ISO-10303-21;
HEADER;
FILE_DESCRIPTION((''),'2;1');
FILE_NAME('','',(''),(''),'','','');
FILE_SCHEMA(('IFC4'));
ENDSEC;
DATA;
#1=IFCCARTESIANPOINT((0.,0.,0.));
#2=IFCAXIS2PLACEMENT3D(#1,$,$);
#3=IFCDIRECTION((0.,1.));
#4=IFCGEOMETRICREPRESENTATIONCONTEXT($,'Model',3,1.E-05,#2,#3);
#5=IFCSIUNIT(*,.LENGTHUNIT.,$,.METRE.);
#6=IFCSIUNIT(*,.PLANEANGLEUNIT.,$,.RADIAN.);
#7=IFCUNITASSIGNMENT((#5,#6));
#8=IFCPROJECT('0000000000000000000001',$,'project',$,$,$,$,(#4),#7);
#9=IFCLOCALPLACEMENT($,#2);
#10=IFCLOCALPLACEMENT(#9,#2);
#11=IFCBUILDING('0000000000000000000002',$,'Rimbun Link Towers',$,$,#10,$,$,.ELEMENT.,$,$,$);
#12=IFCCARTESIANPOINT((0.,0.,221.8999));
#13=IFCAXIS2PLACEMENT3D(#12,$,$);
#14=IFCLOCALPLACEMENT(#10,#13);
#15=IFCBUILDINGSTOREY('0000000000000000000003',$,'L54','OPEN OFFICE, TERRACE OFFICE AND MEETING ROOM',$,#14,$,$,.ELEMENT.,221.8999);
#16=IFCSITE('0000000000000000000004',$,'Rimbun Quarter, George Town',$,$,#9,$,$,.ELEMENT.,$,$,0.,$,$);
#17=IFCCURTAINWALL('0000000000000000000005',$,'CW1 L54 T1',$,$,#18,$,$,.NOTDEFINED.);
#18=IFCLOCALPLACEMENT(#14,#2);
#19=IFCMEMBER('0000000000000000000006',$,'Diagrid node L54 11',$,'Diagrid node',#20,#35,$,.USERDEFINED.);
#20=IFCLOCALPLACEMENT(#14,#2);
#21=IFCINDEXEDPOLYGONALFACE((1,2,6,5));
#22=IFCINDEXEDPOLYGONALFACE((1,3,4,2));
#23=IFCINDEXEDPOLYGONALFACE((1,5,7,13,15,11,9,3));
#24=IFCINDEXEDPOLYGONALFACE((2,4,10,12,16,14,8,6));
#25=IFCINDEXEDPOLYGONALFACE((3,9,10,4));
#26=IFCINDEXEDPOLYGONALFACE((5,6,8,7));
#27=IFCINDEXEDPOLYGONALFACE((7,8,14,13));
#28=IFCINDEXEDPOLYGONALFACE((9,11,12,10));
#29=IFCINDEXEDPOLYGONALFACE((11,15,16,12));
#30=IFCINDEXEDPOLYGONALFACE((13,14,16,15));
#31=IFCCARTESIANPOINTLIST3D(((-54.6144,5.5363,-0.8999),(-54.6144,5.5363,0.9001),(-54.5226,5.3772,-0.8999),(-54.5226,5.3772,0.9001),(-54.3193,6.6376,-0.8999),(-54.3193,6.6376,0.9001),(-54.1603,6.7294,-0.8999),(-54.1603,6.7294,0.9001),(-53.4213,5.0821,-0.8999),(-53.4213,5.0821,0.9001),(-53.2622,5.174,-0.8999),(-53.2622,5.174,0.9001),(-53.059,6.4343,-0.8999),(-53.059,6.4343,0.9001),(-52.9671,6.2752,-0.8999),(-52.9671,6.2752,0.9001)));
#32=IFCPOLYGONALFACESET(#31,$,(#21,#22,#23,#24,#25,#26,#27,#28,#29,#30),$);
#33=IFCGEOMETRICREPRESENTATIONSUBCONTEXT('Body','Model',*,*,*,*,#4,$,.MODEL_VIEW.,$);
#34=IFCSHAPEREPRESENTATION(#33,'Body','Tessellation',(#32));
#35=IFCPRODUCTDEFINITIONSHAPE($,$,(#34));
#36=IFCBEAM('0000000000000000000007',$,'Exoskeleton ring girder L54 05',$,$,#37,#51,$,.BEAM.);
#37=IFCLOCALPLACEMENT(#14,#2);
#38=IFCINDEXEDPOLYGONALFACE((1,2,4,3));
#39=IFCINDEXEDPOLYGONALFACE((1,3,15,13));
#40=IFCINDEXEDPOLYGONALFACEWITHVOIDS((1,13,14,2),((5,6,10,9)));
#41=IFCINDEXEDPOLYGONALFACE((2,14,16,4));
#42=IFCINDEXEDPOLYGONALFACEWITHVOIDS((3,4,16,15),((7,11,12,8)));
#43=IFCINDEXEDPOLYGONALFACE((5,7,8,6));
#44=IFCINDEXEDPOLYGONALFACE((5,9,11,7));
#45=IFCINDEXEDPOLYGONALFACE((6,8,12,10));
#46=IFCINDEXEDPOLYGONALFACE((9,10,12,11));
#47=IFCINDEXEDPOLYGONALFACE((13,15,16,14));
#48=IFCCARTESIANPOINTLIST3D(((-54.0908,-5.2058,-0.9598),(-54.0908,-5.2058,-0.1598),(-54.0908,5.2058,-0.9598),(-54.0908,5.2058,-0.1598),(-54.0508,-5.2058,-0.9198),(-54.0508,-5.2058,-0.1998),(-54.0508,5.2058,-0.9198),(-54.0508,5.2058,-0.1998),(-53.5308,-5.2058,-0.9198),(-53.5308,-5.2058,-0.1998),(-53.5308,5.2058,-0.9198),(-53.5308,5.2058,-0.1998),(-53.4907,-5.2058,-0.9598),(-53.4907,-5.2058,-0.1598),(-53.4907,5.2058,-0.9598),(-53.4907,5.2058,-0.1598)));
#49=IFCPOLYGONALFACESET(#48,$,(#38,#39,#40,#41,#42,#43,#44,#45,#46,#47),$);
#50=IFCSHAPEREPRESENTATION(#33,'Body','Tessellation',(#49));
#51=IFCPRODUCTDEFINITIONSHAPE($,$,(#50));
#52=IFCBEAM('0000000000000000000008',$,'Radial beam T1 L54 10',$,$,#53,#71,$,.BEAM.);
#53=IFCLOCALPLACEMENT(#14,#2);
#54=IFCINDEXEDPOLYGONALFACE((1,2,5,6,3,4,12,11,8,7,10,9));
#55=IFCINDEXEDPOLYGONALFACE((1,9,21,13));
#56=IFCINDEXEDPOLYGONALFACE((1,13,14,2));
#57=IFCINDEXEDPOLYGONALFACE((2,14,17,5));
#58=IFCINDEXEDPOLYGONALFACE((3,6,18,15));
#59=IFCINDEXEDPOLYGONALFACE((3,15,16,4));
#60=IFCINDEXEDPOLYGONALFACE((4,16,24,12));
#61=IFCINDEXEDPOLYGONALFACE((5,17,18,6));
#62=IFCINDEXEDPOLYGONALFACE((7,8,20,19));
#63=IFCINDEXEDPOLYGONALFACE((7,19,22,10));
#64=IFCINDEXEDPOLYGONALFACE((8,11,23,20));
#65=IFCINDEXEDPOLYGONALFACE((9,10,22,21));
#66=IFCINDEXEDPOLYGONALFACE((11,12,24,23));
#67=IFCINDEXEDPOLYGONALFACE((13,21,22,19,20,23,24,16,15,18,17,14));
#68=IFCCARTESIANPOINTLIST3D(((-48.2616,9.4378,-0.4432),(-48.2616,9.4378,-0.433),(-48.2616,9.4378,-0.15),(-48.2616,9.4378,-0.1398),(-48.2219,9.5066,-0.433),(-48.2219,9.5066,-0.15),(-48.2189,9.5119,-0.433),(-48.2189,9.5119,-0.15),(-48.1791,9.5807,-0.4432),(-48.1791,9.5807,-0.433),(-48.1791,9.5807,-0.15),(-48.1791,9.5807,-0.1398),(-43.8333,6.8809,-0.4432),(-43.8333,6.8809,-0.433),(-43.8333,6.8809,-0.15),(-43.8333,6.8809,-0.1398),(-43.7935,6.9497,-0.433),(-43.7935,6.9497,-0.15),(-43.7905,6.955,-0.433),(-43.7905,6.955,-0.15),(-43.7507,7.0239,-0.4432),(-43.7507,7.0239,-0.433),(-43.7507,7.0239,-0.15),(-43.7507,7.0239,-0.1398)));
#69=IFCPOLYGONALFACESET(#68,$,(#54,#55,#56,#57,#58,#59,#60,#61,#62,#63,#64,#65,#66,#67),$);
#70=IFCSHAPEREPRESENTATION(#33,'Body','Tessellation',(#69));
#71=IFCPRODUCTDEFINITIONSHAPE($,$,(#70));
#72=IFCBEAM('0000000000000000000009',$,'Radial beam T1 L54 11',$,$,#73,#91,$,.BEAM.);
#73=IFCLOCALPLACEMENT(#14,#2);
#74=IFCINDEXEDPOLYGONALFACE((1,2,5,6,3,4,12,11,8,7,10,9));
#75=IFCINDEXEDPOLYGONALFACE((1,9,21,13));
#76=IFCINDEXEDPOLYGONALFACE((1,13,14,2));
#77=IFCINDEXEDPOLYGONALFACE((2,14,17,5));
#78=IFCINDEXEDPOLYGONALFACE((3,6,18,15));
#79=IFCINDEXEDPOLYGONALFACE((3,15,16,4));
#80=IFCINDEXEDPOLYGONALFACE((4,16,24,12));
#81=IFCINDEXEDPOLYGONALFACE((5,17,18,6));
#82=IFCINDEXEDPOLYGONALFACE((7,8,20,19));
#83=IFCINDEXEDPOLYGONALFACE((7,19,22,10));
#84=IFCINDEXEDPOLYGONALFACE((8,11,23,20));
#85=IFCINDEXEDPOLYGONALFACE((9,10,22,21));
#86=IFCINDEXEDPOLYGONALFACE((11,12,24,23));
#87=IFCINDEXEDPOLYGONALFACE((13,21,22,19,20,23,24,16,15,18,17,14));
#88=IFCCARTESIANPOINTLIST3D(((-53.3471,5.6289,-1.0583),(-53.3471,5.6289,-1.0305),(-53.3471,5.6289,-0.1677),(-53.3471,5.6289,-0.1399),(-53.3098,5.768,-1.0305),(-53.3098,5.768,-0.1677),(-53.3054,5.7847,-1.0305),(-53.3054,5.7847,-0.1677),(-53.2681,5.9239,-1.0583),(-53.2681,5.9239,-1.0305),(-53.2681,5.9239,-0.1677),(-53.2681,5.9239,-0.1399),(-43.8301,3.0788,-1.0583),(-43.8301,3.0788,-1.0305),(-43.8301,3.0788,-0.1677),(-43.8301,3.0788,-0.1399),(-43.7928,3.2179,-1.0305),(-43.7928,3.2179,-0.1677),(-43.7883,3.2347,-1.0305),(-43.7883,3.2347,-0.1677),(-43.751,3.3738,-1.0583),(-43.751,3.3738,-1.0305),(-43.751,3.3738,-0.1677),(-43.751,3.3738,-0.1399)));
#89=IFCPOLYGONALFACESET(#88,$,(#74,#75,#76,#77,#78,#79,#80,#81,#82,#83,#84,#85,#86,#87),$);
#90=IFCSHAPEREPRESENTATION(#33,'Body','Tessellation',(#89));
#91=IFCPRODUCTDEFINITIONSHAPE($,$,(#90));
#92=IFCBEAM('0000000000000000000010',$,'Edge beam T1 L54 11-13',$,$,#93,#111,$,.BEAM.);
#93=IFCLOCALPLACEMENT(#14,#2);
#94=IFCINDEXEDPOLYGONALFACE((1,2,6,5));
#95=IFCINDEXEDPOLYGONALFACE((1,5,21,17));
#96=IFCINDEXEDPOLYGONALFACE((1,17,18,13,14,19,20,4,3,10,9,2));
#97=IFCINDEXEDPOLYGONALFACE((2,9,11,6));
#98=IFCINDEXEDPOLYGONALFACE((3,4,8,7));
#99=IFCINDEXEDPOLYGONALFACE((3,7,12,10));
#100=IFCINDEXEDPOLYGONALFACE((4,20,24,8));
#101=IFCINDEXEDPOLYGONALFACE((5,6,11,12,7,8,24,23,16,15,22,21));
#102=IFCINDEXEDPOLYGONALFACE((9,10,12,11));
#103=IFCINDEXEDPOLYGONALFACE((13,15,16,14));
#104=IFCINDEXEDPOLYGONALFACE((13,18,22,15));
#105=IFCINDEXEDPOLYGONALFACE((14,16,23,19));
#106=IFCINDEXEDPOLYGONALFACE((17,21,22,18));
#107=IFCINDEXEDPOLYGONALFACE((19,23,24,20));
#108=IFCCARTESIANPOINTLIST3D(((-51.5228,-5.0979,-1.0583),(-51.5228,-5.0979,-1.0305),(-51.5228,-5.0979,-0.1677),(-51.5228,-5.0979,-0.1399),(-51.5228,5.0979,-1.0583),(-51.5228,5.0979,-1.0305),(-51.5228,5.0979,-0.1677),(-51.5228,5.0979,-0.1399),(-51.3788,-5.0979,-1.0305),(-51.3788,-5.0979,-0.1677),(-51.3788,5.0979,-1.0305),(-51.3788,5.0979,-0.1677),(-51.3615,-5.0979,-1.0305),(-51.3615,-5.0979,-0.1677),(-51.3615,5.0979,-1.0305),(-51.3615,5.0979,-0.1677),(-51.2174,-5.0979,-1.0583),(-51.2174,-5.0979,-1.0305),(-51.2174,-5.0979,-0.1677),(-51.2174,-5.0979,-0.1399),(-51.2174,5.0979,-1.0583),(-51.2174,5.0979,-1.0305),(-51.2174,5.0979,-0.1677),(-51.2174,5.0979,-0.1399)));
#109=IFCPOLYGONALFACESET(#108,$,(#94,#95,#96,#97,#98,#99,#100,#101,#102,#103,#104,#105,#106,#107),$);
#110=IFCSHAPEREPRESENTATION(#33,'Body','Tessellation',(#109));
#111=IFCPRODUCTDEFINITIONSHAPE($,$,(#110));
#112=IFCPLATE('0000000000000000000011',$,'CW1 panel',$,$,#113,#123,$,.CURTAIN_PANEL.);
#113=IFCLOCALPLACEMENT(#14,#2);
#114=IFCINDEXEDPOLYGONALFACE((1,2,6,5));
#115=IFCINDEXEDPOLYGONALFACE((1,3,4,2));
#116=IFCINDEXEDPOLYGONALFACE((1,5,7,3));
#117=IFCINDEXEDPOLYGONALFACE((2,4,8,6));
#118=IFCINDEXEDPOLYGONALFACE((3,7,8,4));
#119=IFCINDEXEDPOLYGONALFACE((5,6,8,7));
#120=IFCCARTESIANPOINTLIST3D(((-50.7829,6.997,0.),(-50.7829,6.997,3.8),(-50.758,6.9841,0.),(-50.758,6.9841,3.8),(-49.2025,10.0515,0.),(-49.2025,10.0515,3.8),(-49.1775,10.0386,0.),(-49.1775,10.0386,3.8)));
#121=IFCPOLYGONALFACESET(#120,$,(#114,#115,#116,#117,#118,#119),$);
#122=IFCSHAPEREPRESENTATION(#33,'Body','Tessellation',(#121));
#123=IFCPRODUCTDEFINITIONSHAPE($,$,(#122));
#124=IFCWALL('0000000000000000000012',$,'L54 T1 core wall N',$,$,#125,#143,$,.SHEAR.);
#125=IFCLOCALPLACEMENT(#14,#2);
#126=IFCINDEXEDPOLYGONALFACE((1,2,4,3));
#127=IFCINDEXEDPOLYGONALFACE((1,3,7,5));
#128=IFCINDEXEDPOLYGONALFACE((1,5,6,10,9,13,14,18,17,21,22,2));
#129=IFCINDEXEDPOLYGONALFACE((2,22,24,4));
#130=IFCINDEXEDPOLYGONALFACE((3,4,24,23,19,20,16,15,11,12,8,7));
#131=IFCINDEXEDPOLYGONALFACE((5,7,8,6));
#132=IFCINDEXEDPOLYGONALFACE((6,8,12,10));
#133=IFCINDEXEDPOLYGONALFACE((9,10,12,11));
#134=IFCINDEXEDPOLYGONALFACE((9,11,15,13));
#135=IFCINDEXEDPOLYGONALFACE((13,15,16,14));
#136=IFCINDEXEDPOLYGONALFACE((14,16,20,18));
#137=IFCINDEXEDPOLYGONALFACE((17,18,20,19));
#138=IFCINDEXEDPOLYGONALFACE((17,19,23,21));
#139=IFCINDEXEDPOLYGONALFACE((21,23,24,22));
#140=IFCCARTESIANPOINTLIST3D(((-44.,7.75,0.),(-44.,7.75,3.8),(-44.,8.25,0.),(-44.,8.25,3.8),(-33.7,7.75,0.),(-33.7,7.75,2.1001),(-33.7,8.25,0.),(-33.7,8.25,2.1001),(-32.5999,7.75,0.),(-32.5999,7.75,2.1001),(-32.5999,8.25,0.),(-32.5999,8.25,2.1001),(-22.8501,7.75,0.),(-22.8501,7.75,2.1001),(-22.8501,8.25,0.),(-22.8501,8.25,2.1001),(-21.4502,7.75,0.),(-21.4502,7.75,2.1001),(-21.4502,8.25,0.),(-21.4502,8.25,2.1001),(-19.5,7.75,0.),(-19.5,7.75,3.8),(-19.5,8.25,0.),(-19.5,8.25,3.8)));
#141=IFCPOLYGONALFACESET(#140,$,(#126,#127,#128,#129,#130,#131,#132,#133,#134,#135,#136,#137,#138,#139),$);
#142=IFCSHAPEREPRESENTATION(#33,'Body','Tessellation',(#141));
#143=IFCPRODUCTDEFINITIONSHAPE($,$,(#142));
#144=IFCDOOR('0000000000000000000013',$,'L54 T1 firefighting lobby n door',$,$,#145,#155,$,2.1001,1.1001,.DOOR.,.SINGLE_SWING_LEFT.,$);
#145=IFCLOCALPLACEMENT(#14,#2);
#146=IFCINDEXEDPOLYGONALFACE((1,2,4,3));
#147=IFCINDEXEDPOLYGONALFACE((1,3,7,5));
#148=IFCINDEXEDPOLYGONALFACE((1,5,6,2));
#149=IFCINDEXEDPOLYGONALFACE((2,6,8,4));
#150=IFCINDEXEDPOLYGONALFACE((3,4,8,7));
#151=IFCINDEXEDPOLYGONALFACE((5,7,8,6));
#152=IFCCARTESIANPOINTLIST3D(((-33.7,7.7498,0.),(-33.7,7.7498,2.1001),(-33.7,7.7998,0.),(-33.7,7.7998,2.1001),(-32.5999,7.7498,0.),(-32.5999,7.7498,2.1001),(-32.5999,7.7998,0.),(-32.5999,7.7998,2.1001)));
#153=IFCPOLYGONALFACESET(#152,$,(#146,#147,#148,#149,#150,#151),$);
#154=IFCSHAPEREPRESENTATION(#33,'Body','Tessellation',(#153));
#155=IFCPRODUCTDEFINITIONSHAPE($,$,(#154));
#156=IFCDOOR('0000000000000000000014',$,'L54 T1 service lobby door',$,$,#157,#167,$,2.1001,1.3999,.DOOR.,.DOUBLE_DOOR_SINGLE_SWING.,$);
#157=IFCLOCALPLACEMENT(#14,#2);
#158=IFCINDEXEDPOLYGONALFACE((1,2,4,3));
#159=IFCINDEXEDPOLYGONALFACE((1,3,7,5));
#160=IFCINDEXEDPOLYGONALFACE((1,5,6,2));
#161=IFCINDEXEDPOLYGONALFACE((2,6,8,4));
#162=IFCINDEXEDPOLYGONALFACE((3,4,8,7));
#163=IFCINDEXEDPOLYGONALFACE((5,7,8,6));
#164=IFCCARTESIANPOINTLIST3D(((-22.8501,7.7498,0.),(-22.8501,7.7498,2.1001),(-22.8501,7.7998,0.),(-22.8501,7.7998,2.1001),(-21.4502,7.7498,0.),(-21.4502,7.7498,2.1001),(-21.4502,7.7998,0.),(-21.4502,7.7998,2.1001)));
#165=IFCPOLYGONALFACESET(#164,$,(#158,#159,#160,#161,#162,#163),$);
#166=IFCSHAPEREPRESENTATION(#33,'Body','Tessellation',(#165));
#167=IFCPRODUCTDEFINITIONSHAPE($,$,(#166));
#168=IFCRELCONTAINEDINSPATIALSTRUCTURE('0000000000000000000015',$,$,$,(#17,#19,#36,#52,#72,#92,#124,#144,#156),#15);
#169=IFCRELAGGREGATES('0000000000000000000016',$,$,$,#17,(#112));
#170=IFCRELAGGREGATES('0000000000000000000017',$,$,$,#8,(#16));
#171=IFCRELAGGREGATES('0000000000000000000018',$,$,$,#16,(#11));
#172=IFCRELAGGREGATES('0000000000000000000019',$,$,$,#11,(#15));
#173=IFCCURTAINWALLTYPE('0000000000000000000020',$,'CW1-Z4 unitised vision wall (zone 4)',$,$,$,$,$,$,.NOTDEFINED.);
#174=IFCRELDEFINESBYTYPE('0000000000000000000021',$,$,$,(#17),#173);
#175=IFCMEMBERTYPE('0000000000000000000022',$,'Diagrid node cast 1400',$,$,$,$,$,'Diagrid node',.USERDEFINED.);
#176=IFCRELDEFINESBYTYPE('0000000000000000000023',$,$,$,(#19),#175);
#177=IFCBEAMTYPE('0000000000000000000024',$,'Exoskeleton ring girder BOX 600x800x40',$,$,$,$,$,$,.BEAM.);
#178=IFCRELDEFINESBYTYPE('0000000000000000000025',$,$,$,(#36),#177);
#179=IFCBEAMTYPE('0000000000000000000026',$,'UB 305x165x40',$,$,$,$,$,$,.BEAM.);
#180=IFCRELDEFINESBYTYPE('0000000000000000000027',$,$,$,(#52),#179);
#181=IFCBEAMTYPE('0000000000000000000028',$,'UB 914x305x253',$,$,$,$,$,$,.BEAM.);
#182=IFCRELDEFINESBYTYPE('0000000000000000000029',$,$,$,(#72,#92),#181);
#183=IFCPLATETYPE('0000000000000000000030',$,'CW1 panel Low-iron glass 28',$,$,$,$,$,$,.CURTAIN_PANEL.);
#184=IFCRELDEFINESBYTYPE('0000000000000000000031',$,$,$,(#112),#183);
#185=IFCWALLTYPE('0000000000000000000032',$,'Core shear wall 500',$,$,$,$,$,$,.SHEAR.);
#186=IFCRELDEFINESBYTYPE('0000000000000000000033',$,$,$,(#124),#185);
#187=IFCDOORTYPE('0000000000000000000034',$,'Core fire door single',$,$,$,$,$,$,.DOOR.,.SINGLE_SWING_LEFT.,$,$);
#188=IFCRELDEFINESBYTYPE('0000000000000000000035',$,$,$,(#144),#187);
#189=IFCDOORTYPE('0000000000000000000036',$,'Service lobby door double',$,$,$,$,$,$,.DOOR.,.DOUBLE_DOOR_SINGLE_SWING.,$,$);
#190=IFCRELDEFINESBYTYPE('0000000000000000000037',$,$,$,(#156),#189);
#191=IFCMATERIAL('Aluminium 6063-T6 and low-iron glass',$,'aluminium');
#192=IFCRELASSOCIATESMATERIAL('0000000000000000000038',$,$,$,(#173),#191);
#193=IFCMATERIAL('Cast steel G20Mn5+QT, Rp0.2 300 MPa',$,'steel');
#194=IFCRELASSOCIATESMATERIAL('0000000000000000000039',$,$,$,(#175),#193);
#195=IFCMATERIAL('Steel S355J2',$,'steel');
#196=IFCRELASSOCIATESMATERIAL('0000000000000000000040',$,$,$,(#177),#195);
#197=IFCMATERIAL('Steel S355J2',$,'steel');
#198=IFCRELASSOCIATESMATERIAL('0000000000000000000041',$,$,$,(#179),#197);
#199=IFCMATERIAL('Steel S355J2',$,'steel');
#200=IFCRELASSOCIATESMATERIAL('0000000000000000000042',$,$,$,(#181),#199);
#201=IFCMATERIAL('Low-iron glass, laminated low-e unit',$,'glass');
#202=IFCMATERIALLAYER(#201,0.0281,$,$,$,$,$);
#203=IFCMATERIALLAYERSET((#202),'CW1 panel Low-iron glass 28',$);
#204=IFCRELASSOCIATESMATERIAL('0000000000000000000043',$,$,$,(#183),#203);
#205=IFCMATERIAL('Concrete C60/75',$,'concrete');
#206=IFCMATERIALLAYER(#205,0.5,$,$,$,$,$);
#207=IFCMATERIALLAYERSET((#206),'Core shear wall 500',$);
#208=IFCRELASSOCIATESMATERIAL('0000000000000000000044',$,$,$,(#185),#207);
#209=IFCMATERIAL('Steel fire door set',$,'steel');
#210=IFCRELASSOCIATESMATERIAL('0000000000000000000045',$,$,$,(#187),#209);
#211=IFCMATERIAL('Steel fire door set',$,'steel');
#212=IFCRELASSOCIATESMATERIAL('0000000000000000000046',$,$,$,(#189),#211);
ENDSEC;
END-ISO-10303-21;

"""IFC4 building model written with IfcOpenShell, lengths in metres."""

from ifc_helpers import new_model, si_unit, direction, frame, frame_2d, origin, origin_2d, place, context, subcontext, project, spatial, polyline, rectangle, hollow_rectangle, i_section, outline, extrude, material, layer, layer_set, material_profile, profile_set, type_object, element, fill, aggregate, save


model = new_model("IFC4")

# Units and contexts
model_context = context("Model", 3, precision=1e-05, world=origin(), true_north=direction((0.0, 1.0)))
body_context = subcontext(model_context, "Body", "Model", "MODEL_VIEW")
ifc_project = project(units=[si_unit("LENGTHUNIT", "METRE"), si_unit("PLANEANGLEUNIT", "RADIAN")], contexts=[model_context])

# Site, building, storey
site_placement = place(None, origin())
site = spatial("IfcSite", under=ifc_project, at=site_placement, Name="Rimbun Quarter, George Town", CompositionType="ELEMENT", RefElevation=0.0)
building_placement = place(site_placement, origin())
building = spatial("IfcBuilding", under=site, at=building_placement, Name="Rimbun Link Towers", CompositionType="ELEMENT")
storey_placement = place(building_placement, frame((0.0, 0.0, 221.8999)))
storey = spatial("IfcBuildingStorey", under=building, at=storey_placement, Name="L54", Description="OPEN OFFICE, TERRACE OFFICE AND MEETING ROOM", CompositionType="ELEMENT", Elevation=221.8999)

# Curtain wall
ifc_material_1 = material(Name="Aluminium 6063-T6 and low-iron glass", Category="aluminium")
curtain_wall_type = type_object("IfcCurtainWallType", Name="CW1-Z4 unitised vision wall (zone 4)", PredefinedType="NOTDEFINED", material=ifc_material_1)
curtain_wall_placement = place(storey_placement, origin())
curtain_wall = element("IfcCurtainWall", 1, at=curtain_wall_placement, inside=storey, type_object=curtain_wall_type, Name="CW1 L54 T1", PredefinedType="NOTDEFINED")

# Member
ifc_material_2 = material(Name="Cast steel G20Mn5+QT, Rp0.2 300 MPa", Category="steel")
ifc_material_profile_1 = material_profile(ifc_material_2, outline(polyline([(0.7, -0.5701), (0.7, 0.5701), (0.5701, 0.7), (-0.5701, 0.7), (-0.7, 0.5701), (-0.7, -0.5701), (-0.5701, -0.7), (0.5701, -0.7), (0.7, -0.5701)])), Name="NODE 1400x1400")
ifc_profile_set_1 = profile_set([ifc_material_profile_1], Name="Cast steel G20Mn5+QT, Rp0.2 300 MPa")
member_type_1 = type_object("IfcMemberType", Name="Diagrid node cast 1400", ElementType="Diagrid node", PredefinedType="USERDEFINED", material=ifc_profile_set_1)
member_1_placement = place(storey_placement, frame((-53.7908, 5.9058, -0.8999), z_axis=(0.0, 0.0, 1.0), x_axis=(-0.965926, 0.258819, 0.0)))
element("IfcMember", 2, at=member_1_placement, inside=storey, type_object=member_type_1, Name="Diagrid node L54 11", ObjectType="Diagrid node", PredefinedType="USERDEFINED", context=body_context, shape_type="SweptSolid", body=[
    extrude(outline(polyline([(0.7, -0.5701), (0.7, 0.5701), (0.5701, 0.7), (-0.5701, 0.7), (-0.7, 0.5701), (-0.7, -0.5701), (-0.5701, -0.7), (0.5701, -0.7), (0.7, -0.5701)])), origin(), (0.0, 0.0, 1.0), 1.8),
])

# Beams
ifc_material_3 = material(Name="Steel S355J2", Category="steel")
ifc_material_profile_2 = material_profile(ifc_material_3, hollow_rectangle(XDim=0.6001, YDim=0.8, WallThickness=0.04, at=origin_2d()), Name="Exoskeleton ring girder BOX 600x800x40")
ifc_profile_set_2 = profile_set([ifc_material_profile_2], Name="Steel S355J2")
beam_type_1 = type_object("IfcBeamType", Name="Exoskeleton ring girder BOX 600x800x40", PredefinedType="BEAM", material=ifc_profile_set_2)
beam_1_placement = place(storey_placement, frame((-53.7908, 5.2058, -0.5598), z_axis=(0.0, -1.0, 0.0), x_axis=(1.0, 0.0, 0.0)))
element("IfcBeam", 3, at=beam_1_placement, inside=storey, type_object=beam_type_1, Name="Exoskeleton ring girder L54 05", PredefinedType="BEAM", context=body_context, shape_type="SweptSolid", body=[
    extrude(hollow_rectangle(XDim=0.6001, YDim=0.8, WallThickness=0.04, at=origin_2d()), origin(), (0.0, 0.0, 1.0), 10.4116),
])
ifc_material_4 = material(Name="Steel S355J2", Category="steel")
ifc_material_profile_3 = material_profile(ifc_material_4, i_section(OverallWidth=0.165, OverallDepth=0.3035, WebThickness=0.0061, FlangeThickness=0.0103, at=origin_2d()), Name="UB 305x165x40")
ifc_profile_set_3 = profile_set([ifc_material_profile_3], Name="Steel S355J2")
beam_type_2 = type_object("IfcBeamType", Name="UB 305x165x40", PredefinedType="BEAM", material=ifc_profile_set_3)
beam_2_placement = place(storey_placement, frame((-43.792, 6.9524, -0.2915), z_axis=(-0.866016, 0.500016, 0.0), x_axis=(-0.500016, -0.866016, 0.0)))
element("IfcBeam", 4, at=beam_2_placement, inside=storey, type_object=beam_type_2, Name="Radial beam T1 L54 10", PredefinedType="BEAM", context=body_context, shape_type="SweptSolid", body=[
    extrude(i_section(OverallWidth=0.165, OverallDepth=0.3035, WebThickness=0.0061, FlangeThickness=0.0103, at=origin_2d()), origin(), (0.0, 0.0, 1.0), 5.1135),
])
ifc_material_5 = material(Name="Steel S355J2", Category="steel")
ifc_material_profile_4 = material_profile(ifc_material_5, i_section(OverallWidth=0.3054, OverallDepth=0.9185, WebThickness=0.0173, FlangeThickness=0.0278, at=origin_2d()), Name="UB 914x305x253")
ifc_profile_set_4 = profile_set([ifc_material_profile_4], Name="Steel S355J2")
beam_type_3 = type_object("IfcBeamType", Name="UB 914x305x253", PredefinedType="BEAM", material=ifc_profile_set_4)
beam_3_placement = place(storey_placement, frame((-43.7905, 3.2263, -0.5991), z_axis=(-0.965927, 0.258815, 0.0), x_axis=(-0.258815, -0.965927, 0.0)))
element("IfcBeam", 5, at=beam_3_placement, inside=storey, type_object=beam_type_3, Name="Radial beam T1 L54 11", PredefinedType="BEAM", context=body_context, shape_type="SweptSolid", body=[
    extrude(i_section(OverallWidth=0.3054, OverallDepth=0.9185, WebThickness=0.0173, FlangeThickness=0.0278, at=origin_2d()), origin(), (0.0, 0.0, 1.0), 9.8528),
])
beam_4_placement = place(storey_placement, frame((-51.3701, 5.0979, -0.5991), z_axis=(0.0, -1.0, 0.0), x_axis=(1.0, 0.0, 0.0)))
element("IfcBeam", 6, at=beam_4_placement, inside=storey, type_object=beam_type_3, Name="Edge beam T1 L54 11-13", PredefinedType="BEAM", context=body_context, shape_type="SweptSolid", body=[
    extrude(i_section(OverallWidth=0.3054, OverallDepth=0.9185, WebThickness=0.0173, FlangeThickness=0.0278, at=origin_2d()), origin(), (0.0, 0.0, 1.0), 10.1958),
])

# Plate
ifc_material_6 = material(Name="Low-iron glass, laminated low-e unit", Category="glass")
ifc_layer_1 = layer(ifc_material_6, 0.0281)
ifc_layer_set_1 = layer_set([ifc_layer_1], Name="CW1 panel Low-iron glass 28")
plate_type = type_object("IfcPlateType", Name="CW1 panel Low-iron glass 28", PredefinedType="CURTAIN_PANEL", material=ifc_layer_set_1)
plate_placement = place(storey_placement, frame((-49.9802, 8.5178, 0.0), z_axis=(0.0, 0.0, 1.0), x_axis=(0.459548, 0.888153, 0.0)))
plate = element("IfcPlate", 7, at=plate_placement, type_object=plate_type, Name="CW1 panel", PredefinedType="CURTAIN_PANEL", context=body_context, shape_type="SweptSolid", body=[
    extrude(rectangle(XDim=3.4392, YDim=0.0281, at=origin_2d()), origin(), (0.0, 0.0, 1.0), 3.8),
])
aggregate(curtain_wall, [plate])

# Wall, openings, doors
ifc_material_7 = material(Name="Concrete C60/75", Category="concrete")
ifc_layer_2 = layer(ifc_material_7, 0.5)
ifc_layer_set_2 = layer_set([ifc_layer_2], Name="Core shear wall 500")
wall_type_1 = type_object("IfcWallType", Name="Core shear wall 500", PredefinedType="SHEAR", material=ifc_layer_set_2)
wall_1_placement = place(storey_placement, frame((-44.0, 8.0, 0.0), z_axis=(0.0, 0.0, 1.0), x_axis=(1.0, 0.0, 0.0)))
wall_1 = element("IfcWall", 8, at=wall_1_placement, inside=storey, type_object=wall_type_1, Name="L54 T1 core wall N", PredefinedType="SHEAR", context=body_context, shape_type="SweptSolid", body=[
    extrude(rectangle(XDim=24.5, YDim=0.5, at=frame_2d((12.25, 0.0))), origin(), (0.0, 0.0, 1.0), 3.8),
])
opening_1_placement = place(wall_1_placement, frame((10.3, 0.0, 0.0)))
opening_1 = element("IfcOpeningElement", 9, at=opening_1_placement, cuts=wall_1, PredefinedType="OPENING", context=body_context, shape_type="SweptSolid", body=[
    extrude(rectangle(XDim=1.1001, YDim=2.1001, at=frame_2d((0.55, 1.05))), frame((0.0, 0.26, 0.0), z_axis=(0.0, -1.0, 0.0), x_axis=(1.0, 0.0, 0.0)), (0.0, 0.0, 1.0), 0.52),
])
opening_2_placement = place(wall_1_placement, frame((21.1499, 0.0, 0.0)))
opening_2 = element("IfcOpeningElement", 10, at=opening_2_placement, cuts=wall_1, PredefinedType="OPENING", context=body_context, shape_type="SweptSolid", body=[
    extrude(rectangle(XDim=1.3999, YDim=2.1001, at=frame_2d((0.7, 1.05))), frame((0.0, 0.26, 0.0), z_axis=(0.0, -1.0, 0.0), x_axis=(1.0, 0.0, 0.0)), (0.0, 0.0, 1.0), 0.52),
])
ifc_material_8 = material(Name="Steel fire door set", Category="steel")
door_type_1 = type_object("IfcDoorType", Name="Core fire door single", OperationType="SINGLE_SWING_LEFT", PredefinedType="DOOR", material=ifc_material_8)
door_1_placement = place(opening_1_placement, origin())
door_1 = element("IfcDoor", 11, at=door_1_placement, inside=storey, type_object=door_type_1, Name="L54 T1 firefighting lobby n door", OperationType="SINGLE_SWING_LEFT", OverallHeight=2.1001, OverallWidth=1.1001, PredefinedType="DOOR", context=body_context, shape_type="SweptSolid", body=[
    extrude(rectangle(XDim=1.1001, YDim=2.1001, at=frame_2d((0.55, 1.05))), frame((0.0, -0.2002, 0.0), z_axis=(0.0, -1.0, 0.0), x_axis=(1.0, 0.0, 0.0)), (0.0, 0.0, 1.0), 0.05),
])
fill(opening_1, door_1)
ifc_material_9 = material(Name="Steel fire door set", Category="steel")
door_type_2 = type_object("IfcDoorType", Name="Service lobby door double", OperationType="DOUBLE_DOOR_SINGLE_SWING", PredefinedType="DOOR", material=ifc_material_9)
door_2_placement = place(opening_2_placement, origin())
door_2 = element("IfcDoor", 12, at=door_2_placement, inside=storey, type_object=door_type_2, Name="L54 T1 service lobby door", OperationType="DOUBLE_DOOR_SINGLE_SWING", OverallHeight=2.1001, OverallWidth=1.3999, PredefinedType="DOOR", context=body_context, shape_type="SweptSolid", body=[
    extrude(rectangle(XDim=1.3999, YDim=2.1001, at=frame_2d((0.7, 1.05))), frame((0.0, -0.2002, 0.0), z_axis=(0.0, -1.0, 0.0), x_axis=(1.0, 0.0, 0.0)), (0.0, 0.0, 1.0), 0.05),
])
fill(opening_2, door_2)

save(model, "model.ifc")
